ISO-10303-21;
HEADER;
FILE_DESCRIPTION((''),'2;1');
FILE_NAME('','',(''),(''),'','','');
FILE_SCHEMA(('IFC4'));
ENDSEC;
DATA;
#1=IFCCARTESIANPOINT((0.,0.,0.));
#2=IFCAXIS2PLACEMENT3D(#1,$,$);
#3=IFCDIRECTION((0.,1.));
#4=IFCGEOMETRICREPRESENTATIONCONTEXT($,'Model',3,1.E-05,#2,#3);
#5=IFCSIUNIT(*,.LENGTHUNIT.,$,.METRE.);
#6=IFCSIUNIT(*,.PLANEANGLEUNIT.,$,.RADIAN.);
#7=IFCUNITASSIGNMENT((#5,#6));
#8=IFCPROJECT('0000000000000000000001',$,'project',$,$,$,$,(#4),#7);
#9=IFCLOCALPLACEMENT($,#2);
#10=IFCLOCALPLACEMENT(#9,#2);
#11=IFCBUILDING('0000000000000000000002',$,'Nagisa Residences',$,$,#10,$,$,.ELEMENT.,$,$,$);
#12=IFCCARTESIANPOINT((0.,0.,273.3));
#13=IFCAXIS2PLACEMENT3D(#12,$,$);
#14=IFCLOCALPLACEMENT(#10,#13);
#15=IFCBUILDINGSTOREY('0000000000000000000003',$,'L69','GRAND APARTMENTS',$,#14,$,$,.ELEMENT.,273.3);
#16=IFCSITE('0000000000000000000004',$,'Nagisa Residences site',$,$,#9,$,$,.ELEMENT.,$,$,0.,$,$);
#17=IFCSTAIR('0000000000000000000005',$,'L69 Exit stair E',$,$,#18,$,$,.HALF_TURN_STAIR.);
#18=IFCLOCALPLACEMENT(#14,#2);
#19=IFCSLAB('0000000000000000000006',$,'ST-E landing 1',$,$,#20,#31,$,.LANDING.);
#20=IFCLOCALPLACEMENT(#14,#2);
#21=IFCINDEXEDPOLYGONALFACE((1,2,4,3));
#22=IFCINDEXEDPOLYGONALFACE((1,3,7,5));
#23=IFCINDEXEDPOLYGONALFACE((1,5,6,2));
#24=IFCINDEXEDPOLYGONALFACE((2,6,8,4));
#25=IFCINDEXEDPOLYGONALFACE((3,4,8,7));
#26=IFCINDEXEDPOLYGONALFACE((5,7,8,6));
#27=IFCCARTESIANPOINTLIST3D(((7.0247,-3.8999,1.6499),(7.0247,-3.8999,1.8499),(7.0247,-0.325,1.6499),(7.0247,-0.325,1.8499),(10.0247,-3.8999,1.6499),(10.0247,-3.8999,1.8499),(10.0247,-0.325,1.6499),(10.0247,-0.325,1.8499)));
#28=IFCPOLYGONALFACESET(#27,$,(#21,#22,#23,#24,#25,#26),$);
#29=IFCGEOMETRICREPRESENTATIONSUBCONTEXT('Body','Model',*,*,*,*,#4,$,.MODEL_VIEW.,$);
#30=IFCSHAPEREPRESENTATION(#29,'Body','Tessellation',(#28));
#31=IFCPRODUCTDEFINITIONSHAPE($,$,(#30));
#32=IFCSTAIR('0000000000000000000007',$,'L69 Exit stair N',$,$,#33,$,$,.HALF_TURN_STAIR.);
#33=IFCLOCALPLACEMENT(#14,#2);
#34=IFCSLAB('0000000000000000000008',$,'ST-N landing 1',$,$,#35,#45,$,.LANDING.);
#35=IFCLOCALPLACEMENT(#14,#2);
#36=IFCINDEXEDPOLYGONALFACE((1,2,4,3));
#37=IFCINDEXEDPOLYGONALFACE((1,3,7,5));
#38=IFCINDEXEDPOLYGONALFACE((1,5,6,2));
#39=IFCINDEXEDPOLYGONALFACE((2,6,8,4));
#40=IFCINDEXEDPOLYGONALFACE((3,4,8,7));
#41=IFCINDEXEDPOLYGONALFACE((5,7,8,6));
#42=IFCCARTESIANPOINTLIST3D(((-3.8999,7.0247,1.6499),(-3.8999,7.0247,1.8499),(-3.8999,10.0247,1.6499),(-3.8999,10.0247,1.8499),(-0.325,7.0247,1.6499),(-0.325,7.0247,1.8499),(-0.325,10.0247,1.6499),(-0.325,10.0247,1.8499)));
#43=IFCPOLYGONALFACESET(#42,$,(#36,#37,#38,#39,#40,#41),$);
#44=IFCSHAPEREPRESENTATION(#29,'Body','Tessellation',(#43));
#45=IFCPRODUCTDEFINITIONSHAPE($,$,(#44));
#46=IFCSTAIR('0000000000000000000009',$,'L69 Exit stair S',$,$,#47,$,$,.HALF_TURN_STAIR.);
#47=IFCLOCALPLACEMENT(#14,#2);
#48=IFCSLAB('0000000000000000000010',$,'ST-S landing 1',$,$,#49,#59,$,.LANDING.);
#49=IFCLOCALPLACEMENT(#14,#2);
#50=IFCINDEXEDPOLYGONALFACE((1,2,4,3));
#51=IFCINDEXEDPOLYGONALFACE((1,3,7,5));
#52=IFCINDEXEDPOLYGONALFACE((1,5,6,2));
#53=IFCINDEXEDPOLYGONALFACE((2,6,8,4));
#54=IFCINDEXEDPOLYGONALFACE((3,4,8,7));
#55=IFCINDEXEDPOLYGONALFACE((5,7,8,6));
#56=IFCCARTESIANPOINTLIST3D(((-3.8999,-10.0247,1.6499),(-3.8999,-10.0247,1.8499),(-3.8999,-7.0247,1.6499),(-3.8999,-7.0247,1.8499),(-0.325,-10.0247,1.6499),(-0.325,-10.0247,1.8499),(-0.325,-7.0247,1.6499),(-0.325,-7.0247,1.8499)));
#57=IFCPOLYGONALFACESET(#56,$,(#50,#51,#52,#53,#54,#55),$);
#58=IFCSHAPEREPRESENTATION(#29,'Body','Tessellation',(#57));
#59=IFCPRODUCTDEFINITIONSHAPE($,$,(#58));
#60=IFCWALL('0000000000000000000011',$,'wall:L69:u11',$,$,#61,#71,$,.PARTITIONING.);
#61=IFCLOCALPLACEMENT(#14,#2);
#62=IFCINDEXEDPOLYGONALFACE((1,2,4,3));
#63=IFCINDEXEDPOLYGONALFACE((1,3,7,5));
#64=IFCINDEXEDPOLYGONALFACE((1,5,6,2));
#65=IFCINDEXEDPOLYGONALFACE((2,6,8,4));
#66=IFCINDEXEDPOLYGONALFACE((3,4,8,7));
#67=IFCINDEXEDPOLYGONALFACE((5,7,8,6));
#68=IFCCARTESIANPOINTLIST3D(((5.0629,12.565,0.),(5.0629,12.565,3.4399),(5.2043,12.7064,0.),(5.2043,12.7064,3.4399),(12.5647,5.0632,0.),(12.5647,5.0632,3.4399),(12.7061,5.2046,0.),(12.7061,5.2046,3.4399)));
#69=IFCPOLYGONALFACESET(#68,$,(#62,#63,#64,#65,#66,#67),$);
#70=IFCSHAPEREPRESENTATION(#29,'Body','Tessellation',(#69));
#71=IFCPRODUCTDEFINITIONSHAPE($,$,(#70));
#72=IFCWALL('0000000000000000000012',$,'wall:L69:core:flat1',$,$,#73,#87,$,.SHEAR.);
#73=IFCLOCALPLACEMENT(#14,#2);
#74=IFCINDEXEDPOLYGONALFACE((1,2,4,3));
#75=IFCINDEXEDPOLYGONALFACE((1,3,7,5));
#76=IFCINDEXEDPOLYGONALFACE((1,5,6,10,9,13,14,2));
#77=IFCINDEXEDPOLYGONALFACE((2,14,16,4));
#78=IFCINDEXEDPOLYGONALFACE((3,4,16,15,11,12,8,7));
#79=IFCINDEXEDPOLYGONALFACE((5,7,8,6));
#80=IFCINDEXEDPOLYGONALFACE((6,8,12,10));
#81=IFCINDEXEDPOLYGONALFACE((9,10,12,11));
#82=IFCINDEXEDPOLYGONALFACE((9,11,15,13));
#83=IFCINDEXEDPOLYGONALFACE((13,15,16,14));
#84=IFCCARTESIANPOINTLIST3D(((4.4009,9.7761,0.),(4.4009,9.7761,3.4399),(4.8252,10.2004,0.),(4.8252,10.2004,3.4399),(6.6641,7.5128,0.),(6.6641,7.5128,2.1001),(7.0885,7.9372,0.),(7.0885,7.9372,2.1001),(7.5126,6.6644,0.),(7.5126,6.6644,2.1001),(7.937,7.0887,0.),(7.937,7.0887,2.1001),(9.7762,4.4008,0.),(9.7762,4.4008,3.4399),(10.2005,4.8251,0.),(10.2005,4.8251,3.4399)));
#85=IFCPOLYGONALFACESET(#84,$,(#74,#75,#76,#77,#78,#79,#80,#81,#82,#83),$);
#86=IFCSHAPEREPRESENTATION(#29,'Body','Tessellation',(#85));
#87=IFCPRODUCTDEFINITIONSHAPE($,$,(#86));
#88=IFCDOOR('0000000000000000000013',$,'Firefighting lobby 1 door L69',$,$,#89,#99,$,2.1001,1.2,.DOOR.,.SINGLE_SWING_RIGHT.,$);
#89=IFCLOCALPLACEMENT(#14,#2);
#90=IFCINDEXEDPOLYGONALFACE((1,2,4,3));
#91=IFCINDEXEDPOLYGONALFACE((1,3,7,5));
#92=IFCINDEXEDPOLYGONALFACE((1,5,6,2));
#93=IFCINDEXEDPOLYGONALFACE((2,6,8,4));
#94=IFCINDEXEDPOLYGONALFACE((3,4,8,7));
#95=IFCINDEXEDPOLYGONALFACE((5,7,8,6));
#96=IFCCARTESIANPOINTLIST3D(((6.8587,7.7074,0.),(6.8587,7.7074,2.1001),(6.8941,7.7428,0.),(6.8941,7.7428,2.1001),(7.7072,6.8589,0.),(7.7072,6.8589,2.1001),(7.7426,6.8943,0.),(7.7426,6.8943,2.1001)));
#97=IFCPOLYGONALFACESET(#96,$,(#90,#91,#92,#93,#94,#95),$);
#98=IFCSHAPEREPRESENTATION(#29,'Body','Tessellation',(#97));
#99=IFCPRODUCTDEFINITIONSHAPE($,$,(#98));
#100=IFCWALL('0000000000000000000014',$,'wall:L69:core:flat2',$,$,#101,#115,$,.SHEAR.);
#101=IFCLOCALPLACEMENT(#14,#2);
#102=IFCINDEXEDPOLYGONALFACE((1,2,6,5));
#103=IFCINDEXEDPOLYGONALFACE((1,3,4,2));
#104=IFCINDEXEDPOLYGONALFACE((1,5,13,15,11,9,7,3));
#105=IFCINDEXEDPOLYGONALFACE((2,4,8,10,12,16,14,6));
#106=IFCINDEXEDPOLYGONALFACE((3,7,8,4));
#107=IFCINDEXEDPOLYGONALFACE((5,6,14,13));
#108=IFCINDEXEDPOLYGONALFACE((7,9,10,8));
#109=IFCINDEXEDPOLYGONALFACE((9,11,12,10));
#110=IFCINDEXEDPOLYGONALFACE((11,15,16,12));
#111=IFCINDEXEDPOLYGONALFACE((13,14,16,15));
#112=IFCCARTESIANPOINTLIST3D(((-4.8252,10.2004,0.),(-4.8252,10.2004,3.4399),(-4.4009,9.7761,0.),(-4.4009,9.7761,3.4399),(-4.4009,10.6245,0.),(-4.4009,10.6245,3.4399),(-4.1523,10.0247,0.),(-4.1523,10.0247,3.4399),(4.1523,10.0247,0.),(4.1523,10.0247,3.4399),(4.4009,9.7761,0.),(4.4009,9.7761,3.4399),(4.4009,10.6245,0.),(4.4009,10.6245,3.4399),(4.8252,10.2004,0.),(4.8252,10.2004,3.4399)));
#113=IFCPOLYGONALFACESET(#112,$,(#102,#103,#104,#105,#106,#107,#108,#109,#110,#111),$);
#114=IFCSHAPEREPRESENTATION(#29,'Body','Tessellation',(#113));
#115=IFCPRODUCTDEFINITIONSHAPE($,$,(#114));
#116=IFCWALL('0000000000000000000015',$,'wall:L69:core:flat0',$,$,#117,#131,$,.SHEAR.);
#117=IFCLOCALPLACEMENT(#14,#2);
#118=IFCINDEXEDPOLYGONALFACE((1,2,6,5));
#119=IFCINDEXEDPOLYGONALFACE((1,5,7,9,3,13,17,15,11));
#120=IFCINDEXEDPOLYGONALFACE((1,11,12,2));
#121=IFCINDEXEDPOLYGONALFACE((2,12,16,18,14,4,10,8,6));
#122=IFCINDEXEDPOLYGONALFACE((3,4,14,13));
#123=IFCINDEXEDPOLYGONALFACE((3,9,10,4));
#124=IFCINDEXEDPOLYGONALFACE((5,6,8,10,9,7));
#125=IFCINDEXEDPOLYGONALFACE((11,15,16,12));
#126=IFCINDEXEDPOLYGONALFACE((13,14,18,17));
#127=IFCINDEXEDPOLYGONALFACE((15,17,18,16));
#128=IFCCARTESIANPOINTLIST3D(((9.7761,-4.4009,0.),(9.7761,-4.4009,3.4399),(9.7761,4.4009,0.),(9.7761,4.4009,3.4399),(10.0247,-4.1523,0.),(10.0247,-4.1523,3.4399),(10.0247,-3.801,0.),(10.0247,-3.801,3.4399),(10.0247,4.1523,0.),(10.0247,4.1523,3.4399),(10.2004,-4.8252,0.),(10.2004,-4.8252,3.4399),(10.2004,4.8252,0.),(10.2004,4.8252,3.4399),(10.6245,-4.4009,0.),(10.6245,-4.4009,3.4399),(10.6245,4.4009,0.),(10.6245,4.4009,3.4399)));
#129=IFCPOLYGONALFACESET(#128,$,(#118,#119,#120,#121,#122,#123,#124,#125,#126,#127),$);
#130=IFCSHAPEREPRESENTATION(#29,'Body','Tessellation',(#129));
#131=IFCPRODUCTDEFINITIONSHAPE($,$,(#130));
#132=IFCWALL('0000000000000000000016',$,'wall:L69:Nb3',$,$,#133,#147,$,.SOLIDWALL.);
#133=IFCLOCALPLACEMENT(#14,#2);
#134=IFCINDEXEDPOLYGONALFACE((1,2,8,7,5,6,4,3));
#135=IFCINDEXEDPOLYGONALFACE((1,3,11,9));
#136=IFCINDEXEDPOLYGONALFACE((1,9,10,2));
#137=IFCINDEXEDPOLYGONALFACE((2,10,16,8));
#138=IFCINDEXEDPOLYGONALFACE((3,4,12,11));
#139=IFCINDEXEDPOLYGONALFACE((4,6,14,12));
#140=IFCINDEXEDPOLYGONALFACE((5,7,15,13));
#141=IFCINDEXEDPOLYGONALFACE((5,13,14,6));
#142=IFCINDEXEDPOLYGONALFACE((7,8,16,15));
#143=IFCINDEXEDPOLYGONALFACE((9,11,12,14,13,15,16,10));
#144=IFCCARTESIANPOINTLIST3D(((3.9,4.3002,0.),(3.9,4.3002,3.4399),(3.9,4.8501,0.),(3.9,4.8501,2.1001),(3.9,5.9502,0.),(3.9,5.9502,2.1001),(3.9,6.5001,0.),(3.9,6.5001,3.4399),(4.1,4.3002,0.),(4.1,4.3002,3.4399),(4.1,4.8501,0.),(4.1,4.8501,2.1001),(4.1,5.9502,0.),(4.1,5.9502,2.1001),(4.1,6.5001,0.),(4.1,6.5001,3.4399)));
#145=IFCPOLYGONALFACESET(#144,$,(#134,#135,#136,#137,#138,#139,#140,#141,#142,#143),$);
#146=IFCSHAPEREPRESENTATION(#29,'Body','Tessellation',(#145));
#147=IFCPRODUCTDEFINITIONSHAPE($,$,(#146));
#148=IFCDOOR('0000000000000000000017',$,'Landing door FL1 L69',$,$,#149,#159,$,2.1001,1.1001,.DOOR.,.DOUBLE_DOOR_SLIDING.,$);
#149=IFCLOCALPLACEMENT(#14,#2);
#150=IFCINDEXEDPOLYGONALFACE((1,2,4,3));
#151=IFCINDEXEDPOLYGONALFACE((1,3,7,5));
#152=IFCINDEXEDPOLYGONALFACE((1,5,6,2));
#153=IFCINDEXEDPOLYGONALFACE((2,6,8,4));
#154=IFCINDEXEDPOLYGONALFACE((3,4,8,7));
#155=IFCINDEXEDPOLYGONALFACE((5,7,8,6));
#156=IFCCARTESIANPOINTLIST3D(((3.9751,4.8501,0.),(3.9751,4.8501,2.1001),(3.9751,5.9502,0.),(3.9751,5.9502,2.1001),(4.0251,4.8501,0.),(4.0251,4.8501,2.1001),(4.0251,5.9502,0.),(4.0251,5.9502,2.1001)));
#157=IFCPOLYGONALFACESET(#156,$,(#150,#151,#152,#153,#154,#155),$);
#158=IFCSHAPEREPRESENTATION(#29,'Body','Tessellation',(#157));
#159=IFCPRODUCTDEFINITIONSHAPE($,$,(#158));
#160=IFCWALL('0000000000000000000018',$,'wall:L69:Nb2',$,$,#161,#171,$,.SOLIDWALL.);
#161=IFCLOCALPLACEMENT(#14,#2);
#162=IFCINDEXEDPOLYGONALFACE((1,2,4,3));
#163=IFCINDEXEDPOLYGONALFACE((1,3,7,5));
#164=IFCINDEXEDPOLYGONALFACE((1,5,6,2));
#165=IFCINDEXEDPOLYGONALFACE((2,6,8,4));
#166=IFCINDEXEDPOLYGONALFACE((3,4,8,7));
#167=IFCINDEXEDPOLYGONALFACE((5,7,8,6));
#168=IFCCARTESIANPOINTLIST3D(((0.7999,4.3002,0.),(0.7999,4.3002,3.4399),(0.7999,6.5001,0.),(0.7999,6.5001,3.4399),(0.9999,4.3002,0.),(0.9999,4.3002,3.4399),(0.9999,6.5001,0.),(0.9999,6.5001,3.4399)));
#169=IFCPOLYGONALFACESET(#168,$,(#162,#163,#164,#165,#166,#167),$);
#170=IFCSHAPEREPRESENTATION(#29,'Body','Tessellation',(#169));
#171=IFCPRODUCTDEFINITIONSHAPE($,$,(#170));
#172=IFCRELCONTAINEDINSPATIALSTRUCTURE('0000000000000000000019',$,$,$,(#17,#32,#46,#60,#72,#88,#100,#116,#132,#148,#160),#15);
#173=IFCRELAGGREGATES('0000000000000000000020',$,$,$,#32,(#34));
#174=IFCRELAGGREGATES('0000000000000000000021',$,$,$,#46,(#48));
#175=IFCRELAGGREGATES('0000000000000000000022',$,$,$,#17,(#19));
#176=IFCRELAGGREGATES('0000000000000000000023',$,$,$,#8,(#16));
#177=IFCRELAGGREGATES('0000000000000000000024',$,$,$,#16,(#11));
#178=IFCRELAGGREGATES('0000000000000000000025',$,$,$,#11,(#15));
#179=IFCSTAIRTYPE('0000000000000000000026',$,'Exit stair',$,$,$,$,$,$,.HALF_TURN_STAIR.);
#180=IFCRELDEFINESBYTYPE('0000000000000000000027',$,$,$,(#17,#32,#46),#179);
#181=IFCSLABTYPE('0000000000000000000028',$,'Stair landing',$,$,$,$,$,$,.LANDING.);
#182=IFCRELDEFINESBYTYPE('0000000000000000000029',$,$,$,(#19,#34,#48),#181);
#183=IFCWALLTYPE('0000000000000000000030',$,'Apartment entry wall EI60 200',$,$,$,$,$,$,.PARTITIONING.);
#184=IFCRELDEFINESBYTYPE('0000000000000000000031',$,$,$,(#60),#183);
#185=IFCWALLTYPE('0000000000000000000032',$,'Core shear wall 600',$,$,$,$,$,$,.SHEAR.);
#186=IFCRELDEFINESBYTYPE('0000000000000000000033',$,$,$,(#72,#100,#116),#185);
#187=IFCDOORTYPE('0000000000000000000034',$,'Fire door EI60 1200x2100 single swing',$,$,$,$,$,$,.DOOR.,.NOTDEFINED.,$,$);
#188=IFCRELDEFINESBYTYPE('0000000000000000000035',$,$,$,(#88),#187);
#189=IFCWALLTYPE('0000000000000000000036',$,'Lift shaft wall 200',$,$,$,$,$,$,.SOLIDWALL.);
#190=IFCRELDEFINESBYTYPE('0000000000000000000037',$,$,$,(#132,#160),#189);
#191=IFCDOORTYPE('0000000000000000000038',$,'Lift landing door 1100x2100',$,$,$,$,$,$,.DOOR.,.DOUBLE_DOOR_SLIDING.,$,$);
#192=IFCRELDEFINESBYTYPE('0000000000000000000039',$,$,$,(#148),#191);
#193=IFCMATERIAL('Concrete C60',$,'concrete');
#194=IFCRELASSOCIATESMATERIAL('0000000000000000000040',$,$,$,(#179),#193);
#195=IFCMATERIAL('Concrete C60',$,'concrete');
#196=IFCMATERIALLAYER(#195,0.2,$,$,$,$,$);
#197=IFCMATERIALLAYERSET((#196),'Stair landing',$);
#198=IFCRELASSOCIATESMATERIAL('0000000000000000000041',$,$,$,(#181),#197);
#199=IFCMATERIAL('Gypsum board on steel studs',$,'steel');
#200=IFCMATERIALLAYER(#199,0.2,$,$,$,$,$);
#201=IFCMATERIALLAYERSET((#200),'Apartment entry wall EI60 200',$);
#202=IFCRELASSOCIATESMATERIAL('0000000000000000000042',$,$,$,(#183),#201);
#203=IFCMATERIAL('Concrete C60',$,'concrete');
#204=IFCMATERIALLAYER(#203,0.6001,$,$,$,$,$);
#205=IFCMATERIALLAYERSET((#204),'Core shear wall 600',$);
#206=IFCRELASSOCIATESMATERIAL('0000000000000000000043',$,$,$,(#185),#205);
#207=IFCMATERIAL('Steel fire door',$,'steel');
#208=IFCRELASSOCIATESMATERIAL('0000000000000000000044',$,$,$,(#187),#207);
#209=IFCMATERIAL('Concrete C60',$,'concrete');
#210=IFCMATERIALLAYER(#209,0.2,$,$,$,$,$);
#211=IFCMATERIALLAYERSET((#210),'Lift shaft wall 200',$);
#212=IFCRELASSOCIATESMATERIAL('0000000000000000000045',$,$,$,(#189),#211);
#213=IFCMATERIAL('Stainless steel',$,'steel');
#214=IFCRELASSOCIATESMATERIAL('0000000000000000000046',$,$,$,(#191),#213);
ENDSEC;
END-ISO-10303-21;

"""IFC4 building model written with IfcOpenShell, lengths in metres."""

from ifc_helpers import new_model, si_unit, direction, frame, frame_2d, origin, place, context, subcontext, project, spatial, polyline, rectangle, outline, extrude, material, layer, layer_set, type_object, element, fill, aggregate, save


model = new_model("IFC4")

# Units and contexts
model_context = context("Model", 3, precision=1e-05, world=origin(), true_north=direction((0.0, 1.0)))
body_context = subcontext(model_context, "Body", "Model", "MODEL_VIEW")
ifc_project = project(units=[si_unit("LENGTHUNIT", "METRE"), si_unit("PLANEANGLEUNIT", "RADIAN")], contexts=[model_context])

# Site, building, storey
site_placement = place(None, origin())
site = spatial("IfcSite", under=ifc_project, at=site_placement, Name="Nagisa Residences site", CompositionType="ELEMENT", RefElevation=0.0)
building_placement = place(site_placement, origin())
building = spatial("IfcBuilding", under=site, at=building_placement, Name="Nagisa Residences", CompositionType="ELEMENT")
storey_placement = place(building_placement, frame((0.0, 0.0, 273.3)))
storey = spatial("IfcBuildingStorey", under=building, at=storey_placement, Name="L69", Description="GRAND APARTMENTS", CompositionType="ELEMENT", Elevation=273.3)

# Stairs, slabs
ifc_material_1 = material(Name="Concrete C60", Category="concrete")
stair_type = type_object("IfcStairType", Name="Exit stair", PredefinedType="HALF_TURN_STAIR", material=ifc_material_1)
stair_1_placement = place(storey_placement, origin())
stair_1 = element("IfcStair", 1, at=stair_1_placement, inside=storey, type_object=stair_type, Name="L69 Exit stair E", PredefinedType="HALF_TURN_STAIR")
ifc_material_2 = material(Name="Concrete C60", Category="concrete")
ifc_layer_1 = layer(ifc_material_2, 0.2)
ifc_layer_set_1 = layer_set([ifc_layer_1], Name="Stair landing")
slab_type = type_object("IfcSlabType", Name="Stair landing", PredefinedType="LANDING", material=ifc_layer_set_1)
slab_1_placement = place(storey_placement, frame((0.0, 0.0, 1.6499)))
slab_1 = element("IfcSlab", 2, at=slab_1_placement, type_object=slab_type, Name="ST-E landing 1", PredefinedType="LANDING", context=body_context, shape_type="SweptSolid", body=[
    extrude(outline(polyline([(7.0247, -0.325), (7.0247, -3.8999), (10.0247, -3.8999), (10.0247, -0.325), (7.0247, -0.325)])), origin(), (0.0, 0.0, 1.0), 0.2),
])
stair_2_placement = place(storey_placement, origin())
stair_2 = element("IfcStair", 3, at=stair_2_placement, inside=storey, type_object=stair_type, Name="L69 Exit stair N", PredefinedType="HALF_TURN_STAIR")
slab_2_placement = place(storey_placement, frame((0.0, 0.0, 1.6499)))
slab_2 = element("IfcSlab", 4, at=slab_2_placement, type_object=slab_type, Name="ST-N landing 1", PredefinedType="LANDING", context=body_context, shape_type="SweptSolid", body=[
    extrude(outline(polyline([(-0.325, 10.0247), (-3.8999, 10.0247), (-3.8999, 7.0247), (-0.325, 7.0247), (-0.325, 10.0247)])), origin(), (0.0, 0.0, 1.0), 0.2),
])
aggregate(stair_2, [slab_2])
stair_3_placement = place(storey_placement, origin())
stair_3 = element("IfcStair", 5, at=stair_3_placement, inside=storey, type_object=stair_type, Name="L69 Exit stair S", PredefinedType="HALF_TURN_STAIR")
slab_3_placement = place(storey_placement, frame((0.0, 0.0, 1.6499)))
slab_3 = element("IfcSlab", 6, at=slab_3_placement, type_object=slab_type, Name="ST-S landing 1", PredefinedType="LANDING", context=body_context, shape_type="SweptSolid", body=[
    extrude(outline(polyline([(-0.325, -7.0247), (-3.8999, -7.0247), (-3.8999, -10.0247), (-0.325, -10.0247), (-0.325, -7.0247)])), origin(), (0.0, 0.0, 1.0), 0.2),
])
aggregate(stair_3, [slab_3])

# Wall
ifc_material_3 = material(Name="Gypsum board on steel studs", Category="steel")
ifc_layer_2 = layer(ifc_material_3, 0.2)
ifc_layer_set_2 = layer_set([ifc_layer_2], Name="Apartment entry wall EI60 200")
wall_type_1 = type_object("IfcWallType", Name="Apartment entry wall EI60 200", PredefinedType="PARTITIONING", material=ifc_layer_set_2)
wall_1_placement = place(storey_placement, frame((12.6355, 5.1338, 0.0), z_axis=(0.0, 0.0, 1.0), x_axis=(-0.707107, 0.707107, 0.0)))
element("IfcWall", 7, at=wall_1_placement, inside=storey, type_object=wall_type_1, Name="wall:L69:u11", PredefinedType="PARTITIONING", context=body_context, shape_type="SweptSolid", body=[
    extrude(rectangle(XDim=10.6091, YDim=0.2, at=frame_2d((5.3047, 0.0))), origin(), (0.0, 0.0, 1.0), 3.4399),
])

# Wall, opening, door
ifc_material_4 = material(Name="Concrete C60", Category="concrete")
ifc_layer_3 = layer(ifc_material_4, 0.6001)
ifc_layer_set_3 = layer_set([ifc_layer_3], Name="Core shear wall 600")
wall_type_2 = type_object("IfcWallType", Name="Core shear wall 600", PredefinedType="SHEAR", material=ifc_layer_set_3)
wall_2_placement = place(storey_placement, frame((9.9883, 4.613, 0.0), z_axis=(0.0, 0.0, 1.0), x_axis=(-0.707107, 0.707107, 0.0)))
wall_2 = element("IfcWall", 8, at=wall_2_placement, inside=storey, type_object=wall_type_2, Name="wall:L69:core:flat1", PredefinedType="SHEAR", context=body_context, shape_type="SweptSolid", body=[
    extrude(rectangle(XDim=7.6018, YDim=0.6001, at=frame_2d((3.8008, 0.0))), origin(), (0.0, 0.0, 1.0), 3.4399),
])
opening_1_placement = place(wall_2_placement, frame((3.2009, 0.0, 0.0)))
opening_1 = element("IfcOpeningElement", 9, at=opening_1_placement, cuts=wall_2, PredefinedType="OPENING", context=body_context, shape_type="SweptSolid", body=[
    extrude(rectangle(XDim=1.2, YDim=2.1001, at=frame_2d((0.6001, 1.05))), frame((0.0, 0.3101, 0.0), z_axis=(0.0, -1.0, 0.0), x_axis=(1.0, 0.0, 0.0)), (0.0, 0.0, 1.0), 0.6201),
])
ifc_material_5 = material(Name="Steel fire door", Category="steel")
door_type_1 = type_object("IfcDoorType", Name="Fire door EI60 1200x2100 single swing", OperationType="NOTDEFINED", PredefinedType="DOOR", material=ifc_material_5)
door_1_placement = place(opening_1_placement, origin())
door_1 = element("IfcDoor", 10, at=door_1_placement, inside=storey, type_object=door_type_1, Name="Firefighting lobby 1 door L69", OperationType="SINGLE_SWING_RIGHT", OverallHeight=2.1001, OverallWidth=1.2, PredefinedType="DOOR", context=body_context, shape_type="SweptSolid", body=[
    extrude(rectangle(XDim=1.2, YDim=2.1001, at=frame_2d((0.6001, 1.05))), frame((0.0, 0.0249, 0.0), z_axis=(0.0, -1.0, 0.0), x_axis=(1.0, 0.0, 0.0)), (0.0, 0.0, 1.0), 0.05),
])
fill(opening_1, door_1)

# Walls
wall_3_placement = place(storey_placement, origin())
element("IfcWall", 11, at=wall_3_placement, inside=storey, type_object=wall_type_2, Name="wall:L69:core:flat2", PredefinedType="SHEAR", context=body_context, shape_type="SweptSolid", body=[
    extrude(outline(polyline([(-4.1523, 10.0247), (-4.4009, 9.7761), (-4.8252, 10.2004), (-4.4009, 10.6245), (4.4009, 10.6245), (4.8252, 10.2004), (4.4009, 9.7761), (4.1523, 10.0247), (-4.1523, 10.0247)])), origin(), (0.0, 0.0, 1.0), 3.4399),
])
wall_4_placement = place(storey_placement, origin())
element("IfcWall", 12, at=wall_4_placement, inside=storey, type_object=wall_type_2, Name="wall:L69:core:flat0", PredefinedType="SHEAR", context=body_context, shape_type="SweptSolid", body=[
    extrude(outline(polyline([(9.7761, -4.4009), (10.0247, -4.1523), (10.0247, -3.801), (10.0247, 4.1523), (9.7761, 4.4009), (10.2004, 4.8252), (10.6245, 4.4009), (10.6245, -4.4009), (10.2004, -4.8252), (9.7761, -4.4009)])), origin(), (0.0, 0.0, 1.0), 3.4399),
])

# Wall, opening, door
ifc_material_6 = material(Name="Concrete C60", Category="concrete")
ifc_layer_4 = layer(ifc_material_6, 0.2)
ifc_layer_set_4 = layer_set([ifc_layer_4], Name="Lift shaft wall 200")
wall_type_3 = type_object("IfcWallType", Name="Lift shaft wall 200", PredefinedType="SOLIDWALL", material=ifc_layer_set_4)
wall_5_placement = place(storey_placement, frame((4.0, 4.3, 0.0), z_axis=(0.0, 0.0, 1.0), x_axis=(0.0, 1.0, 0.0)))
wall_5 = element("IfcWall", 13, at=wall_5_placement, inside=storey, type_object=wall_type_3, Name="wall:L69:Nb3", PredefinedType="SOLIDWALL", context=body_context, shape_type="SweptSolid", body=[
    extrude(rectangle(XDim=2.2, YDim=0.2, at=frame_2d((1.1001, 0.0))), origin(), (0.0, 0.0, 1.0), 3.4399),
])
opening_2_placement = place(wall_5_placement, frame((0.55, 0.0, 0.0)))
opening_2 = element("IfcOpeningElement", 14, at=opening_2_placement, cuts=wall_5, PredefinedType="OPENING", context=body_context, shape_type="SweptSolid", body=[
    extrude(rectangle(XDim=1.1001, YDim=2.1001, at=frame_2d((0.55, 1.05))), frame((0.0, 0.1099, 0.0), z_axis=(0.0, -1.0, 0.0), x_axis=(1.0, 0.0, 0.0)), (0.0, 0.0, 1.0), 0.22),
])
ifc_material_7 = material(Name="Stainless steel", Category="steel")
door_type_2 = type_object("IfcDoorType", Name="Lift landing door 1100x2100", OperationType="DOUBLE_DOOR_SLIDING", PredefinedType="DOOR", material=ifc_material_7)
door_2_placement = place(opening_2_placement, origin())
door_2 = element("IfcDoor", 15, at=door_2_placement, inside=storey, type_object=door_type_2, Name="Landing door FL1 L69", OperationType="DOUBLE_DOOR_SLIDING", OverallHeight=2.1001, OverallWidth=1.1001, PredefinedType="DOOR", context=body_context, shape_type="SweptSolid", body=[
    extrude(rectangle(XDim=1.1001, YDim=2.1001, at=frame_2d((0.55, 1.05))), frame((0.0, 0.0249, 0.0), z_axis=(0.0, -1.0, 0.0), x_axis=(1.0, 0.0, 0.0)), (0.0, 0.0, 1.0), 0.05),
])
fill(opening_2, door_2)

# Wall
wall_6_placement = place(storey_placement, frame((0.8999, 4.3, 0.0), z_axis=(0.0, 0.0, 1.0), x_axis=(0.0, 1.0, 0.0)))
element("IfcWall", 16, at=wall_6_placement, inside=storey, type_object=wall_type_3, Name="wall:L69:Nb2", PredefinedType="SOLIDWALL", context=body_context, shape_type="SweptSolid", body=[
    extrude(rectangle(XDim=2.2, YDim=0.2, at=frame_2d((1.1001, 0.0))), origin(), (0.0, 0.0, 1.0), 3.4399),
])

aggregate(stair_1, [slab_1])

save(model, "model.ifc")
